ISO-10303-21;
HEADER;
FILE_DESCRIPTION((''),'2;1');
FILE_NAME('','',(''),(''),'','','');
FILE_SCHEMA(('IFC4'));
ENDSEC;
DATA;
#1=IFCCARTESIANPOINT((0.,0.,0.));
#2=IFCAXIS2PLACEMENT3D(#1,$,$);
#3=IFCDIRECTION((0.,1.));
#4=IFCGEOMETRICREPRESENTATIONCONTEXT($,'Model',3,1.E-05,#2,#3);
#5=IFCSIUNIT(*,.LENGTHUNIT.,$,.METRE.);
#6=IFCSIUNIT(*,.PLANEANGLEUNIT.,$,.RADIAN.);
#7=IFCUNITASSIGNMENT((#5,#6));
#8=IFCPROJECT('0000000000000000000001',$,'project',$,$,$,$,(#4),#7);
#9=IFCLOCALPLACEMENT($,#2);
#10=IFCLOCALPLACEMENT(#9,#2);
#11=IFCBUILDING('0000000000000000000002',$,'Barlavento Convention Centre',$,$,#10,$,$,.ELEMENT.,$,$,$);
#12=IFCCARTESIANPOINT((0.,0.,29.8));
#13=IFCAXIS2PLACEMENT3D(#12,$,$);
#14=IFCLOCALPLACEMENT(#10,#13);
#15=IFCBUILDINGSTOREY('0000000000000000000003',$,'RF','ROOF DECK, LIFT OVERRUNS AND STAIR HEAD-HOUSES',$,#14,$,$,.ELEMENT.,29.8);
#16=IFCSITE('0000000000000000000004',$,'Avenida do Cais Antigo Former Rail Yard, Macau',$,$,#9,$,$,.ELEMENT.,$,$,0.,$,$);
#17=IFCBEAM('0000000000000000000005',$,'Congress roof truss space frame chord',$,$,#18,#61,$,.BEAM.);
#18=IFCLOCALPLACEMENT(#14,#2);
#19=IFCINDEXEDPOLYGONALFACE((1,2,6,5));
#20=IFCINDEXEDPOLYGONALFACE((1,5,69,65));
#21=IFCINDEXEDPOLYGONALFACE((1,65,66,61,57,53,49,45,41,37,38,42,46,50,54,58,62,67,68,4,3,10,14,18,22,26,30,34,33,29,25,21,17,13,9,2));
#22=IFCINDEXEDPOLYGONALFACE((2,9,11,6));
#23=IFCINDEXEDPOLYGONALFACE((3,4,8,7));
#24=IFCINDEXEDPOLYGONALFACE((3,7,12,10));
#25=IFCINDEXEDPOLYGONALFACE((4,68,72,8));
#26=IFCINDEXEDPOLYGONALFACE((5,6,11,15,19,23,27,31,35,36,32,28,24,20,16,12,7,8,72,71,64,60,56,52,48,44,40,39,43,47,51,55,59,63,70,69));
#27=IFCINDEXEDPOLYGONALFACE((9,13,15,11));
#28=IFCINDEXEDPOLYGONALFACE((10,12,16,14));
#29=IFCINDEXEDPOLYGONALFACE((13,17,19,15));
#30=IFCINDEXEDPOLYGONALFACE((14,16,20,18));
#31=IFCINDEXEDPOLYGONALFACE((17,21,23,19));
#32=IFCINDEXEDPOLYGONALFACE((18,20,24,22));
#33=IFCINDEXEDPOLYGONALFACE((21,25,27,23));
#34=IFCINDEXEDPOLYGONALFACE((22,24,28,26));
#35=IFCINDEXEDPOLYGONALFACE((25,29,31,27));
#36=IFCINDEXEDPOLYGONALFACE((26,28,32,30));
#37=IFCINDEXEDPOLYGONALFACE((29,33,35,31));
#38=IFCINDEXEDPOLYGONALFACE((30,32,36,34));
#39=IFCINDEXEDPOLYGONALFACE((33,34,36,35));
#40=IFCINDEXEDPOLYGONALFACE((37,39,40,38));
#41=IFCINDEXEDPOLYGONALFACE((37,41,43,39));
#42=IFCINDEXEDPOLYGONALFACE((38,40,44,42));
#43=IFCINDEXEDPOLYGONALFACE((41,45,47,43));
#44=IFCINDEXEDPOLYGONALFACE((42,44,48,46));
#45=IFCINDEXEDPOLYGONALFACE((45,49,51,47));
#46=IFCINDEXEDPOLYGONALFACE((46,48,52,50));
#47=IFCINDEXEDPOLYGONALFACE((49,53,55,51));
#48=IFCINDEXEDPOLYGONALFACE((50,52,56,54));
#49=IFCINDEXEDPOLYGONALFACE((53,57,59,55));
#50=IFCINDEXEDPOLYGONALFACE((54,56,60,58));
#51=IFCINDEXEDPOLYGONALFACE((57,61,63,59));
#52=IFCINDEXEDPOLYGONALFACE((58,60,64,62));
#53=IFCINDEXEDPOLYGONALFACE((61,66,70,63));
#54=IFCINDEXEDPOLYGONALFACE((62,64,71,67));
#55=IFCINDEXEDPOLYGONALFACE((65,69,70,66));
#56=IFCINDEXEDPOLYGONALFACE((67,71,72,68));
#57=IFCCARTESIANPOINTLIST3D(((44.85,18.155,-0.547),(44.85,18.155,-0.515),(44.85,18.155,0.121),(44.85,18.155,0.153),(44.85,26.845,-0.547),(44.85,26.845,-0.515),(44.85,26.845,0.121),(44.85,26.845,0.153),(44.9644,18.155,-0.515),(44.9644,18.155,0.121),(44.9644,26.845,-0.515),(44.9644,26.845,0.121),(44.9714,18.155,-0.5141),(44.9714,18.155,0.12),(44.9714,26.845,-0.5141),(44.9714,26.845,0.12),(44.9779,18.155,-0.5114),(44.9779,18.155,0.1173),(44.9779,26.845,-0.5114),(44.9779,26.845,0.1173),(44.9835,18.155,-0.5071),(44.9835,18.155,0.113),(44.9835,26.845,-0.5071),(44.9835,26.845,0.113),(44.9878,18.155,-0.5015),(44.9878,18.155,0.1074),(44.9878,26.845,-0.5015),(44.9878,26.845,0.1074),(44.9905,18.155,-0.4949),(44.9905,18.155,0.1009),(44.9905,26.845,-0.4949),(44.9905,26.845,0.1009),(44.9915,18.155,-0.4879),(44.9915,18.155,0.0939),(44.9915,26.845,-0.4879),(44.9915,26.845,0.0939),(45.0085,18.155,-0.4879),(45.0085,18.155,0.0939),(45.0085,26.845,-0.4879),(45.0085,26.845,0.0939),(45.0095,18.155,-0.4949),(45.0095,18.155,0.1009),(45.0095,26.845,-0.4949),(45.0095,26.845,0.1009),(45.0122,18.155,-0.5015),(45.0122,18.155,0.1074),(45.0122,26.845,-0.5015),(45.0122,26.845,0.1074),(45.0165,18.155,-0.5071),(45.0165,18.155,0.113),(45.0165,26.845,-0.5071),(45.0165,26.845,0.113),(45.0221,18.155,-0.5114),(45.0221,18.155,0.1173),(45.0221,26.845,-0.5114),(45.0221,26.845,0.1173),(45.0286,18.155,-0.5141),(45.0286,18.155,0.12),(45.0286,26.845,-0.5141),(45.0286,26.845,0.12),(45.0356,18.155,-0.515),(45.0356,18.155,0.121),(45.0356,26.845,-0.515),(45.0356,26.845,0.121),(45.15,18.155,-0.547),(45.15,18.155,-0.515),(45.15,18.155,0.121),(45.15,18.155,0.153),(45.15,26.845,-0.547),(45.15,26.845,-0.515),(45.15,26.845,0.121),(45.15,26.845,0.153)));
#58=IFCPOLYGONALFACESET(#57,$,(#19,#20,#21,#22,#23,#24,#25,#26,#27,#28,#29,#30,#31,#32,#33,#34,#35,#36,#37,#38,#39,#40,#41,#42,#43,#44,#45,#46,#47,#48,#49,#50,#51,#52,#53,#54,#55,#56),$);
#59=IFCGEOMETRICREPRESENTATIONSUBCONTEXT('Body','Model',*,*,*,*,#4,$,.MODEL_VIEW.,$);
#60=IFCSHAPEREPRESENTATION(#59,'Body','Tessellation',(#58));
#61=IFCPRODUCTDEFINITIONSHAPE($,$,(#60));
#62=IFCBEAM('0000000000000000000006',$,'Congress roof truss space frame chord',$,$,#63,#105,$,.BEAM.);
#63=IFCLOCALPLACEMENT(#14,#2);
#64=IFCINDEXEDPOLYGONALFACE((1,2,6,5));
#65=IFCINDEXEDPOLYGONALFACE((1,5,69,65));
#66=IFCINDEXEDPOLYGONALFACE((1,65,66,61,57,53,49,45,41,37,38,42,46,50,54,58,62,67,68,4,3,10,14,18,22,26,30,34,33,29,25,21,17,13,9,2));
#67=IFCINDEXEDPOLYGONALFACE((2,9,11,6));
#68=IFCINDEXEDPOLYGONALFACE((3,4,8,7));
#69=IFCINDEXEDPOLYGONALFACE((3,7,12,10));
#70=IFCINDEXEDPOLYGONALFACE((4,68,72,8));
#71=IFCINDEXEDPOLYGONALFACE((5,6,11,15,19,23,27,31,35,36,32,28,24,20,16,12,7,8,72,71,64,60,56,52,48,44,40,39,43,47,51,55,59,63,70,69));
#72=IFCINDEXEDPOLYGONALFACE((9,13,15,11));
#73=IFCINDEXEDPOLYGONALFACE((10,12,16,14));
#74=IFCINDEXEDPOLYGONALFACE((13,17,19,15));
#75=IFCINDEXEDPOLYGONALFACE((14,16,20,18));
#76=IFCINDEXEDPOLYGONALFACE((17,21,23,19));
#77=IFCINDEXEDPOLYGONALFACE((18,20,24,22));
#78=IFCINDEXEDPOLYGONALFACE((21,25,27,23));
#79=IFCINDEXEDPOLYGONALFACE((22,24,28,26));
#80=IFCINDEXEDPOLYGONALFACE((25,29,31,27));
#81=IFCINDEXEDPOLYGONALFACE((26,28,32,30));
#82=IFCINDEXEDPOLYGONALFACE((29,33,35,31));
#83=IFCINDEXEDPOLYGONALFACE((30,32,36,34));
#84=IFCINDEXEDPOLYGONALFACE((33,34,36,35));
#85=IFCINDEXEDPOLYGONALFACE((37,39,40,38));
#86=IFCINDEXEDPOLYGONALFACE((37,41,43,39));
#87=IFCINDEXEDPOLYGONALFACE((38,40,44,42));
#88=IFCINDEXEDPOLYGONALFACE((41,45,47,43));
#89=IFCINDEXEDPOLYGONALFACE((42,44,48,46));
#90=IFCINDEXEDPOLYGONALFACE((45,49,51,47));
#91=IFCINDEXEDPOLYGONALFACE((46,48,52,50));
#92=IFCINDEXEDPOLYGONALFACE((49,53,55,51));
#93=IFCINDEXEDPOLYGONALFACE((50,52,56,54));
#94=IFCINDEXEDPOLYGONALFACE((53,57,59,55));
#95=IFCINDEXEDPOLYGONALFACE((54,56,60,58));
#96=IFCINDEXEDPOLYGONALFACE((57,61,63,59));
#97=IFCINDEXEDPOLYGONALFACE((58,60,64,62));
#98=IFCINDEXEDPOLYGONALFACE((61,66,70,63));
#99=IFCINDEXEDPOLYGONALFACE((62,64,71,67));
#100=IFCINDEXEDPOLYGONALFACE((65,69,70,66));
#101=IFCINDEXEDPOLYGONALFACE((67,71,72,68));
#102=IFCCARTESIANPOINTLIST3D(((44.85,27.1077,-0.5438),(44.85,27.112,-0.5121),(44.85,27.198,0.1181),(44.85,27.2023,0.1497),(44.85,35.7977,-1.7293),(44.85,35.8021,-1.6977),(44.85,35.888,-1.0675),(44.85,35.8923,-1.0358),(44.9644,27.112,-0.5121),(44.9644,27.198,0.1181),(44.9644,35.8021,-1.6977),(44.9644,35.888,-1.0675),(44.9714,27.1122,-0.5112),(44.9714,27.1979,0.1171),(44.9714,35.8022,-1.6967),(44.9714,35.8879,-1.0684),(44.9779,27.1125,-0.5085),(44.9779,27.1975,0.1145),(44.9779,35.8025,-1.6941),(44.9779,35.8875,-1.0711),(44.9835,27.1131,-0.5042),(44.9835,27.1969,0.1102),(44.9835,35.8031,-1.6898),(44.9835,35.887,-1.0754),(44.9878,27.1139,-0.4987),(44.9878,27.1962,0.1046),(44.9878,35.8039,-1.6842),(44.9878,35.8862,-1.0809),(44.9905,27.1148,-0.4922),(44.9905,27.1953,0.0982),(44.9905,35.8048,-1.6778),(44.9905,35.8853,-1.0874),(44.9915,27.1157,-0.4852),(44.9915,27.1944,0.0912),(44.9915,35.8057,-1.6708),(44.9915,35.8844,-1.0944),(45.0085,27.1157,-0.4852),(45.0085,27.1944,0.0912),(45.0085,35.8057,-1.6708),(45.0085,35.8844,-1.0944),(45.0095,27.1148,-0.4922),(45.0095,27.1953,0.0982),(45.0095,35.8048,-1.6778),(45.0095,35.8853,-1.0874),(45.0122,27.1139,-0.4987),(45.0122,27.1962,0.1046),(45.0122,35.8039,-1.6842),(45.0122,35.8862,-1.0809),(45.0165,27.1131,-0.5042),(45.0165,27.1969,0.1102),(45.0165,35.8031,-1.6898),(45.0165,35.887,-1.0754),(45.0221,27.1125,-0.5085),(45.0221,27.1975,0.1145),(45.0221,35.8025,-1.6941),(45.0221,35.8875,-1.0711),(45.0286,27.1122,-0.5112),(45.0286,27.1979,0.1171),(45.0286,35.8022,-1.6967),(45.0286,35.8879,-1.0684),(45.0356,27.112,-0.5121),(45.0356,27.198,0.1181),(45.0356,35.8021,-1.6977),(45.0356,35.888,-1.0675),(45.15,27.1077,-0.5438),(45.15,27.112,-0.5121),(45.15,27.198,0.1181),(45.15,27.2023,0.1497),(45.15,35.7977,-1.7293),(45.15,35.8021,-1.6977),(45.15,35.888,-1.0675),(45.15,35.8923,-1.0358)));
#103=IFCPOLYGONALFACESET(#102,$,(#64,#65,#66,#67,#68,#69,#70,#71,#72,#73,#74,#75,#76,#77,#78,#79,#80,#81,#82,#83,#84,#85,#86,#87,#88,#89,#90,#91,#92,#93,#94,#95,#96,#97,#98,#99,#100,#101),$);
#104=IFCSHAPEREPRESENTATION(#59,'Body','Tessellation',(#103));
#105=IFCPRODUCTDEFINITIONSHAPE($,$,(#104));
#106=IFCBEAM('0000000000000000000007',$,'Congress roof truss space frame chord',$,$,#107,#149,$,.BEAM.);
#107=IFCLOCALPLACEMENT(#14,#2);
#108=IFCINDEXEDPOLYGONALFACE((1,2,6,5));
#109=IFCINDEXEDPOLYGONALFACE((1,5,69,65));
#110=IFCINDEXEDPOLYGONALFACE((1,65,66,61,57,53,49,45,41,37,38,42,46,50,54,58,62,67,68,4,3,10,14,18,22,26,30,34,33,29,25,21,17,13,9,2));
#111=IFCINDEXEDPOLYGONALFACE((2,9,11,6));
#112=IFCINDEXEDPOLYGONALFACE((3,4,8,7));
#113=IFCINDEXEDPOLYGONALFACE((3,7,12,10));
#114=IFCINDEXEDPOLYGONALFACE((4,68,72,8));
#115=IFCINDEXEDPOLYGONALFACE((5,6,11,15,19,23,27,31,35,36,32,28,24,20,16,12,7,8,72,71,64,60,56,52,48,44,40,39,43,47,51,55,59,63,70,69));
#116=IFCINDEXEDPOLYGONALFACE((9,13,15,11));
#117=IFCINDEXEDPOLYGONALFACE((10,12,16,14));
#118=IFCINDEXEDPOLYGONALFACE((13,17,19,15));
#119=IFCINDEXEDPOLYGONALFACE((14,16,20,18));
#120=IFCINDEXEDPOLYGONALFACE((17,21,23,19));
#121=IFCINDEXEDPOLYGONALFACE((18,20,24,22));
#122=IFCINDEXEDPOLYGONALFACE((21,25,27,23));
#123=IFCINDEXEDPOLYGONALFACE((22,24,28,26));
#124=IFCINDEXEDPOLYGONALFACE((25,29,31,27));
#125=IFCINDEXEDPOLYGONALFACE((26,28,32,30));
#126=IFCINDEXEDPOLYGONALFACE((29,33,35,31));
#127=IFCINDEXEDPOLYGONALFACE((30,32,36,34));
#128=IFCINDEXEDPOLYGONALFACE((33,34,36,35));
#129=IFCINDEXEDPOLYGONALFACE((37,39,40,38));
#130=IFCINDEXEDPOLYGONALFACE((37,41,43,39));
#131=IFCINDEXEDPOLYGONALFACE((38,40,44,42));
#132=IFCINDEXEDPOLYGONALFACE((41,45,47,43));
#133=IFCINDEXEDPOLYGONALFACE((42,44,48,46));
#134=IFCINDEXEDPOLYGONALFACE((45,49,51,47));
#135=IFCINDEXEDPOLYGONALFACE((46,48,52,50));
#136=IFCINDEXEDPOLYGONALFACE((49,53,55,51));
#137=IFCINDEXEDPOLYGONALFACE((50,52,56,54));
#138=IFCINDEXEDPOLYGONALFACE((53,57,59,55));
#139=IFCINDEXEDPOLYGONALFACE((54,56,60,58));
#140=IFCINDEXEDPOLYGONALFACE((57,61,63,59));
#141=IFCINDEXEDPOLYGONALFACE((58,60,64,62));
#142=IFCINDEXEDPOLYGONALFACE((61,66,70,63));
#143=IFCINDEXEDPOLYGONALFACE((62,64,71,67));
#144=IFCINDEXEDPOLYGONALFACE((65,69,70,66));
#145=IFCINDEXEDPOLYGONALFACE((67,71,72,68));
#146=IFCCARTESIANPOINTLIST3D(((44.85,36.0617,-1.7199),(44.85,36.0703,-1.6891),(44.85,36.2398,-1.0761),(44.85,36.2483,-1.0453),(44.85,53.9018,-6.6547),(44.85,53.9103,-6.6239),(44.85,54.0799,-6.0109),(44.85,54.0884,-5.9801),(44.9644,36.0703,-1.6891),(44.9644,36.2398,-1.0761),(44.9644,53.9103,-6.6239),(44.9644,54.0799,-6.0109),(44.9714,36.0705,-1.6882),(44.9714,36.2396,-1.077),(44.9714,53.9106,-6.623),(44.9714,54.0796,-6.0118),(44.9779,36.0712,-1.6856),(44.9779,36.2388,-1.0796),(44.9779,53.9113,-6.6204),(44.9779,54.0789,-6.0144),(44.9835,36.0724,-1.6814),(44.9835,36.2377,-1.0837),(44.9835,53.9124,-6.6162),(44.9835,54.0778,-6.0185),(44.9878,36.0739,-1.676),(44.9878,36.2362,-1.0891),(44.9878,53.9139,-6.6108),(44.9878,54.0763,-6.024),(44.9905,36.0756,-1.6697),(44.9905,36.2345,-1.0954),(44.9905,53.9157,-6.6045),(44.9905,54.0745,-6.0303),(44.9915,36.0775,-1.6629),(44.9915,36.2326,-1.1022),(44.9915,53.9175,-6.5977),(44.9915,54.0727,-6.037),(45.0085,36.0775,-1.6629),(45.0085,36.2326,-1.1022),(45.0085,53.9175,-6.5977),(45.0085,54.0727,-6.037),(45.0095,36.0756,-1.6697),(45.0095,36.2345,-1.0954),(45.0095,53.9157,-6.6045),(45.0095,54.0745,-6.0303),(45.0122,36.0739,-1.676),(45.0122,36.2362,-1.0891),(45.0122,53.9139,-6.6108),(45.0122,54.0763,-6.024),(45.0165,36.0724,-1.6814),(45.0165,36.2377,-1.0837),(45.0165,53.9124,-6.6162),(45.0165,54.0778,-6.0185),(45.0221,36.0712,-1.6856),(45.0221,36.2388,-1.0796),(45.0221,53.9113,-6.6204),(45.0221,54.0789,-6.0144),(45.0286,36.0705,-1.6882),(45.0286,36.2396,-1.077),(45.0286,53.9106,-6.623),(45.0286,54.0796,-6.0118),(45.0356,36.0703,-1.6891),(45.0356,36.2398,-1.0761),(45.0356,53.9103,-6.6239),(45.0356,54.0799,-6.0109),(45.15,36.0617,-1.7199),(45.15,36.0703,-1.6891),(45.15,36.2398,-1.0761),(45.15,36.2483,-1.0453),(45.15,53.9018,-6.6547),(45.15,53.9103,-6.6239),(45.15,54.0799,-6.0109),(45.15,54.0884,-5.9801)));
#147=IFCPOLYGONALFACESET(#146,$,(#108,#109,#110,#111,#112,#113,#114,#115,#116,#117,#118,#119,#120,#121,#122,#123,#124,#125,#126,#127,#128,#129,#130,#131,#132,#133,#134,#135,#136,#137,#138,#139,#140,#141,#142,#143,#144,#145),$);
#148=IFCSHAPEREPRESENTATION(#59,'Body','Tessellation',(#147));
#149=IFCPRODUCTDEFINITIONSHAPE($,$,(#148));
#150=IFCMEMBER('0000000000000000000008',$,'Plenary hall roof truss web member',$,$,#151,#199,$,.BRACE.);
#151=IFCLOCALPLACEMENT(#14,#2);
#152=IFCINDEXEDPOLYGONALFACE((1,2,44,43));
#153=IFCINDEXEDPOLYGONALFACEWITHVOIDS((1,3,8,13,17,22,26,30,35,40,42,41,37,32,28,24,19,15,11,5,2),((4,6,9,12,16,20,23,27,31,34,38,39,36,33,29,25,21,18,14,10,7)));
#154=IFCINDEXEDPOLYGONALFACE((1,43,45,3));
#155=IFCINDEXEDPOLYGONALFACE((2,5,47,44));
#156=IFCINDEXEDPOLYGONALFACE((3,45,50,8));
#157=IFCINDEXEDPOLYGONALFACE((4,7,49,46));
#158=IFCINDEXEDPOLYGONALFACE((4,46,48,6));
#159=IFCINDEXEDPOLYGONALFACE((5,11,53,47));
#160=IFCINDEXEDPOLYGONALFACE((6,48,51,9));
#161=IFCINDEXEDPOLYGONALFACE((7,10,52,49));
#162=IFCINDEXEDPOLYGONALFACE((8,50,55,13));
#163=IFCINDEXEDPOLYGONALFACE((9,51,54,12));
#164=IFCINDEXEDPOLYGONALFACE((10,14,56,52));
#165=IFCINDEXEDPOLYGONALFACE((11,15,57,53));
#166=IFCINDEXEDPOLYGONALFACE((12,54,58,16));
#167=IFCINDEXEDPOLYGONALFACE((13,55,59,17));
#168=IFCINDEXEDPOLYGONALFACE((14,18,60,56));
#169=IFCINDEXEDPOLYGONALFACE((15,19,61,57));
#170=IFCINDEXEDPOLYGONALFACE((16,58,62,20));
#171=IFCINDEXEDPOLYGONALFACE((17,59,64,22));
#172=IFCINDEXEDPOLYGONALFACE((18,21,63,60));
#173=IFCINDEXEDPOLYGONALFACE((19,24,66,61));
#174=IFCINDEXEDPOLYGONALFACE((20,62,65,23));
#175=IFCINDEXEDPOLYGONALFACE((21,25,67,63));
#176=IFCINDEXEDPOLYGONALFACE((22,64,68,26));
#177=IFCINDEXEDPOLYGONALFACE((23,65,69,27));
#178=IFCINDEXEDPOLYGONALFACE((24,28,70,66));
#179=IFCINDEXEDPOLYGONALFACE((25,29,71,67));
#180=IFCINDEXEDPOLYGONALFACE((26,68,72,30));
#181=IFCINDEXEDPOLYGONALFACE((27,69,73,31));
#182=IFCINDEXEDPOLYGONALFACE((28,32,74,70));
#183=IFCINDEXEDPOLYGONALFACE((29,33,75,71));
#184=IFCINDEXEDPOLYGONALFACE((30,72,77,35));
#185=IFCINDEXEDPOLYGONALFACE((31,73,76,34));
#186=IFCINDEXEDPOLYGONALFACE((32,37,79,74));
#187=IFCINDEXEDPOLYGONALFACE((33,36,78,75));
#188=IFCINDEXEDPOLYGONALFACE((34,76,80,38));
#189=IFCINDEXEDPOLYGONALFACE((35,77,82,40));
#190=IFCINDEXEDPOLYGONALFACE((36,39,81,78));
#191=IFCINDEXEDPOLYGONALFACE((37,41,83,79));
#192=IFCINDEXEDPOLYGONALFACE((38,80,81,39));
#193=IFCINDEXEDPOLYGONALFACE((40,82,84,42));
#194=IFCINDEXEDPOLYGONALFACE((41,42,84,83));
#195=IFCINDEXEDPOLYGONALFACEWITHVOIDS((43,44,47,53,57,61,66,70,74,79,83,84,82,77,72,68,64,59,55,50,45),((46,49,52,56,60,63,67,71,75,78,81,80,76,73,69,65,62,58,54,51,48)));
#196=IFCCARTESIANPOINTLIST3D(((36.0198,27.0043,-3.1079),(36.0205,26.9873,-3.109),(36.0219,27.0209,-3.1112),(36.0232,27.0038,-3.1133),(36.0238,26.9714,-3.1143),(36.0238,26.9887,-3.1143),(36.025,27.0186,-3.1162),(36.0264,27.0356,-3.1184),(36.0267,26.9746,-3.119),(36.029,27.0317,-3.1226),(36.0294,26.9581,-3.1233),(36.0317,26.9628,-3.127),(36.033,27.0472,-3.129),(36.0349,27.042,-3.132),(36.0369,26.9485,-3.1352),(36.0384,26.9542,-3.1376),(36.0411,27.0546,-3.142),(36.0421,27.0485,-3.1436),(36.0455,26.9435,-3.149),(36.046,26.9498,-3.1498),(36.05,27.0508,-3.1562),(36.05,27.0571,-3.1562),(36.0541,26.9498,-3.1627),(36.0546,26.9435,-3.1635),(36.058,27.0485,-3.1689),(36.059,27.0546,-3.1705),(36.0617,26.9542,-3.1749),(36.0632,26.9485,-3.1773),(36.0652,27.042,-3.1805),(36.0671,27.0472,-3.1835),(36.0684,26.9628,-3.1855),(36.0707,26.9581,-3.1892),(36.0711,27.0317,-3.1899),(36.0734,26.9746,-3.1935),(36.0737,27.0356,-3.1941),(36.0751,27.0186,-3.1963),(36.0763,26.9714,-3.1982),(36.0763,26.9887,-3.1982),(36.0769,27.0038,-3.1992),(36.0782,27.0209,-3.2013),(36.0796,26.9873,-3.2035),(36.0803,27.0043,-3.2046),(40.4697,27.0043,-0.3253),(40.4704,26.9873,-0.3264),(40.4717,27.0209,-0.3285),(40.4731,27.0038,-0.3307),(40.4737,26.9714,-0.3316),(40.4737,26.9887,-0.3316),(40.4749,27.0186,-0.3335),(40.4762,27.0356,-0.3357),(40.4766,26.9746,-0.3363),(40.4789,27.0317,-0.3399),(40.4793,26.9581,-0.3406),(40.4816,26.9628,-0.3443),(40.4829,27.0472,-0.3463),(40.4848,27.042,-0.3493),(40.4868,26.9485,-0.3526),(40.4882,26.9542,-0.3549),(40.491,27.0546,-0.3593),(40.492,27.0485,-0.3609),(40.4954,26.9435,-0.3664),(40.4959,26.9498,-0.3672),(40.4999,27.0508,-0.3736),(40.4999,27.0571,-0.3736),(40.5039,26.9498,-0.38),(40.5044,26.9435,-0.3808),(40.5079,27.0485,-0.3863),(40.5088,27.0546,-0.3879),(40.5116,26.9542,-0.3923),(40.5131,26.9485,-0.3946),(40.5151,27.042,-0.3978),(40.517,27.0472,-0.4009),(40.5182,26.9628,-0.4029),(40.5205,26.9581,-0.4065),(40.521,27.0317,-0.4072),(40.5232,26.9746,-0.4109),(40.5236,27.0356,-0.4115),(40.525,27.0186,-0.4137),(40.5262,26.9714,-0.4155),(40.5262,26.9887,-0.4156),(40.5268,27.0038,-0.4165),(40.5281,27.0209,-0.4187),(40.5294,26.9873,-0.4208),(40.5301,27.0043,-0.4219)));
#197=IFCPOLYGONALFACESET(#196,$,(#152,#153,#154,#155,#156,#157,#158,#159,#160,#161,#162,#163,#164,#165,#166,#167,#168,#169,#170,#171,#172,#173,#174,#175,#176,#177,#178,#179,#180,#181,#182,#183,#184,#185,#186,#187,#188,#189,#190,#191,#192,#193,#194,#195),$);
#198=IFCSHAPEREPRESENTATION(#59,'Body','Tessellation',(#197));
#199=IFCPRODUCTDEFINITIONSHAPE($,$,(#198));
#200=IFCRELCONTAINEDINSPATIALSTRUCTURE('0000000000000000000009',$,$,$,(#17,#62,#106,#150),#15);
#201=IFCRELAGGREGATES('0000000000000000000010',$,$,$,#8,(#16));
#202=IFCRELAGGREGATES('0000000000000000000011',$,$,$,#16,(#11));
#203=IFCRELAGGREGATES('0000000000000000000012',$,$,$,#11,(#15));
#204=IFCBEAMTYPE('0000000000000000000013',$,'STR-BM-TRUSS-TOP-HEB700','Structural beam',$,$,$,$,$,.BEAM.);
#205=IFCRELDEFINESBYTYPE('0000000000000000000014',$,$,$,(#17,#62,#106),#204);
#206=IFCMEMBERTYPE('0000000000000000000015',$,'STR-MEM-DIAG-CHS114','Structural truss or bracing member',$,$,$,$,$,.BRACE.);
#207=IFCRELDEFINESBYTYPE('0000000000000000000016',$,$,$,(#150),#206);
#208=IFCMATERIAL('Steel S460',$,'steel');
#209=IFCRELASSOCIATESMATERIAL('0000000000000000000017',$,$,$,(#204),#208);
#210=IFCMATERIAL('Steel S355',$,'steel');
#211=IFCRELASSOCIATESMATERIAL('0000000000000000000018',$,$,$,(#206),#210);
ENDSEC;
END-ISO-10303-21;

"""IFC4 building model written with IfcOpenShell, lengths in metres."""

from ifc_helpers import new_model, si_unit, direction, frame, origin, origin_2d, place, context, subcontext, project, spatial, hollow_circle, i_section, extrude, material, material_profile, profile_set, type_object, element, save


model = new_model("IFC4")

# Units and contexts
model_context = context("Model", 3, precision=1e-05, world=origin(), true_north=direction((0.0, 1.0)))
body_context = subcontext(model_context, "Body", "Model", "MODEL_VIEW")
ifc_project = project(units=[si_unit("LENGTHUNIT", "METRE"), si_unit("PLANEANGLEUNIT", "RADIAN")], contexts=[model_context])

# Site, building, storey
site_placement = place(None, origin())
site = spatial("IfcSite", under=ifc_project, at=site_placement, Name="Avenida do Cais Antigo Former Rail Yard, Macau", CompositionType="ELEMENT", RefElevation=0.0)
building_placement = place(site_placement, origin())
building = spatial("IfcBuilding", under=site, at=building_placement, Name="Barlavento Convention Centre", CompositionType="ELEMENT")
storey_placement = place(building_placement, frame((0.0, 0.0, 29.8)))
storey = spatial("IfcBuildingStorey", under=building, at=storey_placement, Name="RF", Description="ROOF DECK, LIFT OVERRUNS AND STAIR HEAD-HOUSES", CompositionType="ELEMENT", Elevation=29.8)

# Beams
ifc_material_1 = material(Name="Steel S460", Category="steel")
ifc_material_profile_1 = material_profile(ifc_material_1, i_section(OverallWidth=0.3, OverallDepth=0.7, WebThickness=0.0171, FlangeThickness=0.032, FilletRadius=0.0271, at=origin_2d()), Name="HEB 700")
ifc_profile_set_1 = profile_set([ifc_material_profile_1], Name="Steel S460")
beam_type = type_object("IfcBeamType", Name="STR-BM-TRUSS-TOP-HEB700", Description="Structural beam", PredefinedType="BEAM", material=ifc_profile_set_1)
beam_1_placement = place(storey_placement, frame((45.0, 18.155, -0.197), z_axis=(0.0, 1.0, 0.0), x_axis=(-1.0, 0.0, 0.0)))
element("IfcBeam", 1, at=beam_1_placement, inside=storey, type_object=beam_type, Name="Congress roof truss space frame chord", PredefinedType="BEAM", context=body_context, shape_type="SweptSolid", body=[
    extrude(i_section(OverallWidth=0.3, OverallDepth=0.7, WebThickness=0.0171, FlangeThickness=0.032, FilletRadius=0.0271, at=origin_2d()), origin(), (0.0, 0.0, 1.0), 8.6899),
])
beam_2_placement = place(storey_placement, frame((45.0, 27.155, -0.197), z_axis=(0.0, 0.990822, -0.135175), x_axis=(-1.0, 0.0, 0.0)))
element("IfcBeam", 2, at=beam_2_placement, inside=storey, type_object=beam_type, Name="Congress roof truss space frame chord", PredefinedType="BEAM", context=body_context, shape_type="SweptSolid", body=[
    extrude(i_section(OverallWidth=0.3, OverallDepth=0.7, WebThickness=0.0171, FlangeThickness=0.032, FilletRadius=0.0271, at=origin_2d()), origin(), (0.0, 0.0, 1.0), 8.7705),
])
beam_3_placement = place(storey_placement, frame((45.0, 36.155, -1.3826), z_axis=(0.0, 0.963807, -0.266602), x_axis=(-1.0, 0.0, 0.0)))
element("IfcBeam", 3, at=beam_3_placement, inside=storey, type_object=beam_type, Name="Congress roof truss space frame chord", PredefinedType="BEAM", context=body_context, shape_type="SweptSolid", body=[
    extrude(i_section(OverallWidth=0.3, OverallDepth=0.7, WebThickness=0.0171, FlangeThickness=0.032, FilletRadius=0.0271, at=origin_2d()), origin(), (0.0, 0.0, 1.0), 18.51),
])

# Member
ifc_material_2 = material(Name="Steel S355", Category="steel")
ifc_material_profile_2 = material_profile(ifc_material_2, hollow_circle(Radius=0.0571, WallThickness=0.0063, at=origin_2d()), Name="CHS 114.3x6.3")
ifc_profile_set_2 = profile_set([ifc_material_profile_2], Name="Steel S355")
member_type_1 = type_object("IfcMemberType", Name="STR-MEM-DIAG-CHS114", Description="Structural truss or bracing member", PredefinedType="BRACE", material=ifc_profile_set_2)
member_1_placement = place(storey_placement, frame((36.05, 27.0, -3.1562), z_axis=(0.84787, 0.0, 0.530204), x_axis=(0.0, 1.0, 0.0)))
element("IfcMember", 4, at=member_1_placement, inside=storey, type_object=member_type_1, Name="Plenary hall roof truss web member", PredefinedType="BRACE", context=body_context, shape_type="SweptSolid", body=[
    extrude(hollow_circle(Radius=0.0571, WallThickness=0.0063, at=origin_2d()), origin(), (0.0, 0.0, 1.0), 5.2483),
])

save(model, "model.ifc")
